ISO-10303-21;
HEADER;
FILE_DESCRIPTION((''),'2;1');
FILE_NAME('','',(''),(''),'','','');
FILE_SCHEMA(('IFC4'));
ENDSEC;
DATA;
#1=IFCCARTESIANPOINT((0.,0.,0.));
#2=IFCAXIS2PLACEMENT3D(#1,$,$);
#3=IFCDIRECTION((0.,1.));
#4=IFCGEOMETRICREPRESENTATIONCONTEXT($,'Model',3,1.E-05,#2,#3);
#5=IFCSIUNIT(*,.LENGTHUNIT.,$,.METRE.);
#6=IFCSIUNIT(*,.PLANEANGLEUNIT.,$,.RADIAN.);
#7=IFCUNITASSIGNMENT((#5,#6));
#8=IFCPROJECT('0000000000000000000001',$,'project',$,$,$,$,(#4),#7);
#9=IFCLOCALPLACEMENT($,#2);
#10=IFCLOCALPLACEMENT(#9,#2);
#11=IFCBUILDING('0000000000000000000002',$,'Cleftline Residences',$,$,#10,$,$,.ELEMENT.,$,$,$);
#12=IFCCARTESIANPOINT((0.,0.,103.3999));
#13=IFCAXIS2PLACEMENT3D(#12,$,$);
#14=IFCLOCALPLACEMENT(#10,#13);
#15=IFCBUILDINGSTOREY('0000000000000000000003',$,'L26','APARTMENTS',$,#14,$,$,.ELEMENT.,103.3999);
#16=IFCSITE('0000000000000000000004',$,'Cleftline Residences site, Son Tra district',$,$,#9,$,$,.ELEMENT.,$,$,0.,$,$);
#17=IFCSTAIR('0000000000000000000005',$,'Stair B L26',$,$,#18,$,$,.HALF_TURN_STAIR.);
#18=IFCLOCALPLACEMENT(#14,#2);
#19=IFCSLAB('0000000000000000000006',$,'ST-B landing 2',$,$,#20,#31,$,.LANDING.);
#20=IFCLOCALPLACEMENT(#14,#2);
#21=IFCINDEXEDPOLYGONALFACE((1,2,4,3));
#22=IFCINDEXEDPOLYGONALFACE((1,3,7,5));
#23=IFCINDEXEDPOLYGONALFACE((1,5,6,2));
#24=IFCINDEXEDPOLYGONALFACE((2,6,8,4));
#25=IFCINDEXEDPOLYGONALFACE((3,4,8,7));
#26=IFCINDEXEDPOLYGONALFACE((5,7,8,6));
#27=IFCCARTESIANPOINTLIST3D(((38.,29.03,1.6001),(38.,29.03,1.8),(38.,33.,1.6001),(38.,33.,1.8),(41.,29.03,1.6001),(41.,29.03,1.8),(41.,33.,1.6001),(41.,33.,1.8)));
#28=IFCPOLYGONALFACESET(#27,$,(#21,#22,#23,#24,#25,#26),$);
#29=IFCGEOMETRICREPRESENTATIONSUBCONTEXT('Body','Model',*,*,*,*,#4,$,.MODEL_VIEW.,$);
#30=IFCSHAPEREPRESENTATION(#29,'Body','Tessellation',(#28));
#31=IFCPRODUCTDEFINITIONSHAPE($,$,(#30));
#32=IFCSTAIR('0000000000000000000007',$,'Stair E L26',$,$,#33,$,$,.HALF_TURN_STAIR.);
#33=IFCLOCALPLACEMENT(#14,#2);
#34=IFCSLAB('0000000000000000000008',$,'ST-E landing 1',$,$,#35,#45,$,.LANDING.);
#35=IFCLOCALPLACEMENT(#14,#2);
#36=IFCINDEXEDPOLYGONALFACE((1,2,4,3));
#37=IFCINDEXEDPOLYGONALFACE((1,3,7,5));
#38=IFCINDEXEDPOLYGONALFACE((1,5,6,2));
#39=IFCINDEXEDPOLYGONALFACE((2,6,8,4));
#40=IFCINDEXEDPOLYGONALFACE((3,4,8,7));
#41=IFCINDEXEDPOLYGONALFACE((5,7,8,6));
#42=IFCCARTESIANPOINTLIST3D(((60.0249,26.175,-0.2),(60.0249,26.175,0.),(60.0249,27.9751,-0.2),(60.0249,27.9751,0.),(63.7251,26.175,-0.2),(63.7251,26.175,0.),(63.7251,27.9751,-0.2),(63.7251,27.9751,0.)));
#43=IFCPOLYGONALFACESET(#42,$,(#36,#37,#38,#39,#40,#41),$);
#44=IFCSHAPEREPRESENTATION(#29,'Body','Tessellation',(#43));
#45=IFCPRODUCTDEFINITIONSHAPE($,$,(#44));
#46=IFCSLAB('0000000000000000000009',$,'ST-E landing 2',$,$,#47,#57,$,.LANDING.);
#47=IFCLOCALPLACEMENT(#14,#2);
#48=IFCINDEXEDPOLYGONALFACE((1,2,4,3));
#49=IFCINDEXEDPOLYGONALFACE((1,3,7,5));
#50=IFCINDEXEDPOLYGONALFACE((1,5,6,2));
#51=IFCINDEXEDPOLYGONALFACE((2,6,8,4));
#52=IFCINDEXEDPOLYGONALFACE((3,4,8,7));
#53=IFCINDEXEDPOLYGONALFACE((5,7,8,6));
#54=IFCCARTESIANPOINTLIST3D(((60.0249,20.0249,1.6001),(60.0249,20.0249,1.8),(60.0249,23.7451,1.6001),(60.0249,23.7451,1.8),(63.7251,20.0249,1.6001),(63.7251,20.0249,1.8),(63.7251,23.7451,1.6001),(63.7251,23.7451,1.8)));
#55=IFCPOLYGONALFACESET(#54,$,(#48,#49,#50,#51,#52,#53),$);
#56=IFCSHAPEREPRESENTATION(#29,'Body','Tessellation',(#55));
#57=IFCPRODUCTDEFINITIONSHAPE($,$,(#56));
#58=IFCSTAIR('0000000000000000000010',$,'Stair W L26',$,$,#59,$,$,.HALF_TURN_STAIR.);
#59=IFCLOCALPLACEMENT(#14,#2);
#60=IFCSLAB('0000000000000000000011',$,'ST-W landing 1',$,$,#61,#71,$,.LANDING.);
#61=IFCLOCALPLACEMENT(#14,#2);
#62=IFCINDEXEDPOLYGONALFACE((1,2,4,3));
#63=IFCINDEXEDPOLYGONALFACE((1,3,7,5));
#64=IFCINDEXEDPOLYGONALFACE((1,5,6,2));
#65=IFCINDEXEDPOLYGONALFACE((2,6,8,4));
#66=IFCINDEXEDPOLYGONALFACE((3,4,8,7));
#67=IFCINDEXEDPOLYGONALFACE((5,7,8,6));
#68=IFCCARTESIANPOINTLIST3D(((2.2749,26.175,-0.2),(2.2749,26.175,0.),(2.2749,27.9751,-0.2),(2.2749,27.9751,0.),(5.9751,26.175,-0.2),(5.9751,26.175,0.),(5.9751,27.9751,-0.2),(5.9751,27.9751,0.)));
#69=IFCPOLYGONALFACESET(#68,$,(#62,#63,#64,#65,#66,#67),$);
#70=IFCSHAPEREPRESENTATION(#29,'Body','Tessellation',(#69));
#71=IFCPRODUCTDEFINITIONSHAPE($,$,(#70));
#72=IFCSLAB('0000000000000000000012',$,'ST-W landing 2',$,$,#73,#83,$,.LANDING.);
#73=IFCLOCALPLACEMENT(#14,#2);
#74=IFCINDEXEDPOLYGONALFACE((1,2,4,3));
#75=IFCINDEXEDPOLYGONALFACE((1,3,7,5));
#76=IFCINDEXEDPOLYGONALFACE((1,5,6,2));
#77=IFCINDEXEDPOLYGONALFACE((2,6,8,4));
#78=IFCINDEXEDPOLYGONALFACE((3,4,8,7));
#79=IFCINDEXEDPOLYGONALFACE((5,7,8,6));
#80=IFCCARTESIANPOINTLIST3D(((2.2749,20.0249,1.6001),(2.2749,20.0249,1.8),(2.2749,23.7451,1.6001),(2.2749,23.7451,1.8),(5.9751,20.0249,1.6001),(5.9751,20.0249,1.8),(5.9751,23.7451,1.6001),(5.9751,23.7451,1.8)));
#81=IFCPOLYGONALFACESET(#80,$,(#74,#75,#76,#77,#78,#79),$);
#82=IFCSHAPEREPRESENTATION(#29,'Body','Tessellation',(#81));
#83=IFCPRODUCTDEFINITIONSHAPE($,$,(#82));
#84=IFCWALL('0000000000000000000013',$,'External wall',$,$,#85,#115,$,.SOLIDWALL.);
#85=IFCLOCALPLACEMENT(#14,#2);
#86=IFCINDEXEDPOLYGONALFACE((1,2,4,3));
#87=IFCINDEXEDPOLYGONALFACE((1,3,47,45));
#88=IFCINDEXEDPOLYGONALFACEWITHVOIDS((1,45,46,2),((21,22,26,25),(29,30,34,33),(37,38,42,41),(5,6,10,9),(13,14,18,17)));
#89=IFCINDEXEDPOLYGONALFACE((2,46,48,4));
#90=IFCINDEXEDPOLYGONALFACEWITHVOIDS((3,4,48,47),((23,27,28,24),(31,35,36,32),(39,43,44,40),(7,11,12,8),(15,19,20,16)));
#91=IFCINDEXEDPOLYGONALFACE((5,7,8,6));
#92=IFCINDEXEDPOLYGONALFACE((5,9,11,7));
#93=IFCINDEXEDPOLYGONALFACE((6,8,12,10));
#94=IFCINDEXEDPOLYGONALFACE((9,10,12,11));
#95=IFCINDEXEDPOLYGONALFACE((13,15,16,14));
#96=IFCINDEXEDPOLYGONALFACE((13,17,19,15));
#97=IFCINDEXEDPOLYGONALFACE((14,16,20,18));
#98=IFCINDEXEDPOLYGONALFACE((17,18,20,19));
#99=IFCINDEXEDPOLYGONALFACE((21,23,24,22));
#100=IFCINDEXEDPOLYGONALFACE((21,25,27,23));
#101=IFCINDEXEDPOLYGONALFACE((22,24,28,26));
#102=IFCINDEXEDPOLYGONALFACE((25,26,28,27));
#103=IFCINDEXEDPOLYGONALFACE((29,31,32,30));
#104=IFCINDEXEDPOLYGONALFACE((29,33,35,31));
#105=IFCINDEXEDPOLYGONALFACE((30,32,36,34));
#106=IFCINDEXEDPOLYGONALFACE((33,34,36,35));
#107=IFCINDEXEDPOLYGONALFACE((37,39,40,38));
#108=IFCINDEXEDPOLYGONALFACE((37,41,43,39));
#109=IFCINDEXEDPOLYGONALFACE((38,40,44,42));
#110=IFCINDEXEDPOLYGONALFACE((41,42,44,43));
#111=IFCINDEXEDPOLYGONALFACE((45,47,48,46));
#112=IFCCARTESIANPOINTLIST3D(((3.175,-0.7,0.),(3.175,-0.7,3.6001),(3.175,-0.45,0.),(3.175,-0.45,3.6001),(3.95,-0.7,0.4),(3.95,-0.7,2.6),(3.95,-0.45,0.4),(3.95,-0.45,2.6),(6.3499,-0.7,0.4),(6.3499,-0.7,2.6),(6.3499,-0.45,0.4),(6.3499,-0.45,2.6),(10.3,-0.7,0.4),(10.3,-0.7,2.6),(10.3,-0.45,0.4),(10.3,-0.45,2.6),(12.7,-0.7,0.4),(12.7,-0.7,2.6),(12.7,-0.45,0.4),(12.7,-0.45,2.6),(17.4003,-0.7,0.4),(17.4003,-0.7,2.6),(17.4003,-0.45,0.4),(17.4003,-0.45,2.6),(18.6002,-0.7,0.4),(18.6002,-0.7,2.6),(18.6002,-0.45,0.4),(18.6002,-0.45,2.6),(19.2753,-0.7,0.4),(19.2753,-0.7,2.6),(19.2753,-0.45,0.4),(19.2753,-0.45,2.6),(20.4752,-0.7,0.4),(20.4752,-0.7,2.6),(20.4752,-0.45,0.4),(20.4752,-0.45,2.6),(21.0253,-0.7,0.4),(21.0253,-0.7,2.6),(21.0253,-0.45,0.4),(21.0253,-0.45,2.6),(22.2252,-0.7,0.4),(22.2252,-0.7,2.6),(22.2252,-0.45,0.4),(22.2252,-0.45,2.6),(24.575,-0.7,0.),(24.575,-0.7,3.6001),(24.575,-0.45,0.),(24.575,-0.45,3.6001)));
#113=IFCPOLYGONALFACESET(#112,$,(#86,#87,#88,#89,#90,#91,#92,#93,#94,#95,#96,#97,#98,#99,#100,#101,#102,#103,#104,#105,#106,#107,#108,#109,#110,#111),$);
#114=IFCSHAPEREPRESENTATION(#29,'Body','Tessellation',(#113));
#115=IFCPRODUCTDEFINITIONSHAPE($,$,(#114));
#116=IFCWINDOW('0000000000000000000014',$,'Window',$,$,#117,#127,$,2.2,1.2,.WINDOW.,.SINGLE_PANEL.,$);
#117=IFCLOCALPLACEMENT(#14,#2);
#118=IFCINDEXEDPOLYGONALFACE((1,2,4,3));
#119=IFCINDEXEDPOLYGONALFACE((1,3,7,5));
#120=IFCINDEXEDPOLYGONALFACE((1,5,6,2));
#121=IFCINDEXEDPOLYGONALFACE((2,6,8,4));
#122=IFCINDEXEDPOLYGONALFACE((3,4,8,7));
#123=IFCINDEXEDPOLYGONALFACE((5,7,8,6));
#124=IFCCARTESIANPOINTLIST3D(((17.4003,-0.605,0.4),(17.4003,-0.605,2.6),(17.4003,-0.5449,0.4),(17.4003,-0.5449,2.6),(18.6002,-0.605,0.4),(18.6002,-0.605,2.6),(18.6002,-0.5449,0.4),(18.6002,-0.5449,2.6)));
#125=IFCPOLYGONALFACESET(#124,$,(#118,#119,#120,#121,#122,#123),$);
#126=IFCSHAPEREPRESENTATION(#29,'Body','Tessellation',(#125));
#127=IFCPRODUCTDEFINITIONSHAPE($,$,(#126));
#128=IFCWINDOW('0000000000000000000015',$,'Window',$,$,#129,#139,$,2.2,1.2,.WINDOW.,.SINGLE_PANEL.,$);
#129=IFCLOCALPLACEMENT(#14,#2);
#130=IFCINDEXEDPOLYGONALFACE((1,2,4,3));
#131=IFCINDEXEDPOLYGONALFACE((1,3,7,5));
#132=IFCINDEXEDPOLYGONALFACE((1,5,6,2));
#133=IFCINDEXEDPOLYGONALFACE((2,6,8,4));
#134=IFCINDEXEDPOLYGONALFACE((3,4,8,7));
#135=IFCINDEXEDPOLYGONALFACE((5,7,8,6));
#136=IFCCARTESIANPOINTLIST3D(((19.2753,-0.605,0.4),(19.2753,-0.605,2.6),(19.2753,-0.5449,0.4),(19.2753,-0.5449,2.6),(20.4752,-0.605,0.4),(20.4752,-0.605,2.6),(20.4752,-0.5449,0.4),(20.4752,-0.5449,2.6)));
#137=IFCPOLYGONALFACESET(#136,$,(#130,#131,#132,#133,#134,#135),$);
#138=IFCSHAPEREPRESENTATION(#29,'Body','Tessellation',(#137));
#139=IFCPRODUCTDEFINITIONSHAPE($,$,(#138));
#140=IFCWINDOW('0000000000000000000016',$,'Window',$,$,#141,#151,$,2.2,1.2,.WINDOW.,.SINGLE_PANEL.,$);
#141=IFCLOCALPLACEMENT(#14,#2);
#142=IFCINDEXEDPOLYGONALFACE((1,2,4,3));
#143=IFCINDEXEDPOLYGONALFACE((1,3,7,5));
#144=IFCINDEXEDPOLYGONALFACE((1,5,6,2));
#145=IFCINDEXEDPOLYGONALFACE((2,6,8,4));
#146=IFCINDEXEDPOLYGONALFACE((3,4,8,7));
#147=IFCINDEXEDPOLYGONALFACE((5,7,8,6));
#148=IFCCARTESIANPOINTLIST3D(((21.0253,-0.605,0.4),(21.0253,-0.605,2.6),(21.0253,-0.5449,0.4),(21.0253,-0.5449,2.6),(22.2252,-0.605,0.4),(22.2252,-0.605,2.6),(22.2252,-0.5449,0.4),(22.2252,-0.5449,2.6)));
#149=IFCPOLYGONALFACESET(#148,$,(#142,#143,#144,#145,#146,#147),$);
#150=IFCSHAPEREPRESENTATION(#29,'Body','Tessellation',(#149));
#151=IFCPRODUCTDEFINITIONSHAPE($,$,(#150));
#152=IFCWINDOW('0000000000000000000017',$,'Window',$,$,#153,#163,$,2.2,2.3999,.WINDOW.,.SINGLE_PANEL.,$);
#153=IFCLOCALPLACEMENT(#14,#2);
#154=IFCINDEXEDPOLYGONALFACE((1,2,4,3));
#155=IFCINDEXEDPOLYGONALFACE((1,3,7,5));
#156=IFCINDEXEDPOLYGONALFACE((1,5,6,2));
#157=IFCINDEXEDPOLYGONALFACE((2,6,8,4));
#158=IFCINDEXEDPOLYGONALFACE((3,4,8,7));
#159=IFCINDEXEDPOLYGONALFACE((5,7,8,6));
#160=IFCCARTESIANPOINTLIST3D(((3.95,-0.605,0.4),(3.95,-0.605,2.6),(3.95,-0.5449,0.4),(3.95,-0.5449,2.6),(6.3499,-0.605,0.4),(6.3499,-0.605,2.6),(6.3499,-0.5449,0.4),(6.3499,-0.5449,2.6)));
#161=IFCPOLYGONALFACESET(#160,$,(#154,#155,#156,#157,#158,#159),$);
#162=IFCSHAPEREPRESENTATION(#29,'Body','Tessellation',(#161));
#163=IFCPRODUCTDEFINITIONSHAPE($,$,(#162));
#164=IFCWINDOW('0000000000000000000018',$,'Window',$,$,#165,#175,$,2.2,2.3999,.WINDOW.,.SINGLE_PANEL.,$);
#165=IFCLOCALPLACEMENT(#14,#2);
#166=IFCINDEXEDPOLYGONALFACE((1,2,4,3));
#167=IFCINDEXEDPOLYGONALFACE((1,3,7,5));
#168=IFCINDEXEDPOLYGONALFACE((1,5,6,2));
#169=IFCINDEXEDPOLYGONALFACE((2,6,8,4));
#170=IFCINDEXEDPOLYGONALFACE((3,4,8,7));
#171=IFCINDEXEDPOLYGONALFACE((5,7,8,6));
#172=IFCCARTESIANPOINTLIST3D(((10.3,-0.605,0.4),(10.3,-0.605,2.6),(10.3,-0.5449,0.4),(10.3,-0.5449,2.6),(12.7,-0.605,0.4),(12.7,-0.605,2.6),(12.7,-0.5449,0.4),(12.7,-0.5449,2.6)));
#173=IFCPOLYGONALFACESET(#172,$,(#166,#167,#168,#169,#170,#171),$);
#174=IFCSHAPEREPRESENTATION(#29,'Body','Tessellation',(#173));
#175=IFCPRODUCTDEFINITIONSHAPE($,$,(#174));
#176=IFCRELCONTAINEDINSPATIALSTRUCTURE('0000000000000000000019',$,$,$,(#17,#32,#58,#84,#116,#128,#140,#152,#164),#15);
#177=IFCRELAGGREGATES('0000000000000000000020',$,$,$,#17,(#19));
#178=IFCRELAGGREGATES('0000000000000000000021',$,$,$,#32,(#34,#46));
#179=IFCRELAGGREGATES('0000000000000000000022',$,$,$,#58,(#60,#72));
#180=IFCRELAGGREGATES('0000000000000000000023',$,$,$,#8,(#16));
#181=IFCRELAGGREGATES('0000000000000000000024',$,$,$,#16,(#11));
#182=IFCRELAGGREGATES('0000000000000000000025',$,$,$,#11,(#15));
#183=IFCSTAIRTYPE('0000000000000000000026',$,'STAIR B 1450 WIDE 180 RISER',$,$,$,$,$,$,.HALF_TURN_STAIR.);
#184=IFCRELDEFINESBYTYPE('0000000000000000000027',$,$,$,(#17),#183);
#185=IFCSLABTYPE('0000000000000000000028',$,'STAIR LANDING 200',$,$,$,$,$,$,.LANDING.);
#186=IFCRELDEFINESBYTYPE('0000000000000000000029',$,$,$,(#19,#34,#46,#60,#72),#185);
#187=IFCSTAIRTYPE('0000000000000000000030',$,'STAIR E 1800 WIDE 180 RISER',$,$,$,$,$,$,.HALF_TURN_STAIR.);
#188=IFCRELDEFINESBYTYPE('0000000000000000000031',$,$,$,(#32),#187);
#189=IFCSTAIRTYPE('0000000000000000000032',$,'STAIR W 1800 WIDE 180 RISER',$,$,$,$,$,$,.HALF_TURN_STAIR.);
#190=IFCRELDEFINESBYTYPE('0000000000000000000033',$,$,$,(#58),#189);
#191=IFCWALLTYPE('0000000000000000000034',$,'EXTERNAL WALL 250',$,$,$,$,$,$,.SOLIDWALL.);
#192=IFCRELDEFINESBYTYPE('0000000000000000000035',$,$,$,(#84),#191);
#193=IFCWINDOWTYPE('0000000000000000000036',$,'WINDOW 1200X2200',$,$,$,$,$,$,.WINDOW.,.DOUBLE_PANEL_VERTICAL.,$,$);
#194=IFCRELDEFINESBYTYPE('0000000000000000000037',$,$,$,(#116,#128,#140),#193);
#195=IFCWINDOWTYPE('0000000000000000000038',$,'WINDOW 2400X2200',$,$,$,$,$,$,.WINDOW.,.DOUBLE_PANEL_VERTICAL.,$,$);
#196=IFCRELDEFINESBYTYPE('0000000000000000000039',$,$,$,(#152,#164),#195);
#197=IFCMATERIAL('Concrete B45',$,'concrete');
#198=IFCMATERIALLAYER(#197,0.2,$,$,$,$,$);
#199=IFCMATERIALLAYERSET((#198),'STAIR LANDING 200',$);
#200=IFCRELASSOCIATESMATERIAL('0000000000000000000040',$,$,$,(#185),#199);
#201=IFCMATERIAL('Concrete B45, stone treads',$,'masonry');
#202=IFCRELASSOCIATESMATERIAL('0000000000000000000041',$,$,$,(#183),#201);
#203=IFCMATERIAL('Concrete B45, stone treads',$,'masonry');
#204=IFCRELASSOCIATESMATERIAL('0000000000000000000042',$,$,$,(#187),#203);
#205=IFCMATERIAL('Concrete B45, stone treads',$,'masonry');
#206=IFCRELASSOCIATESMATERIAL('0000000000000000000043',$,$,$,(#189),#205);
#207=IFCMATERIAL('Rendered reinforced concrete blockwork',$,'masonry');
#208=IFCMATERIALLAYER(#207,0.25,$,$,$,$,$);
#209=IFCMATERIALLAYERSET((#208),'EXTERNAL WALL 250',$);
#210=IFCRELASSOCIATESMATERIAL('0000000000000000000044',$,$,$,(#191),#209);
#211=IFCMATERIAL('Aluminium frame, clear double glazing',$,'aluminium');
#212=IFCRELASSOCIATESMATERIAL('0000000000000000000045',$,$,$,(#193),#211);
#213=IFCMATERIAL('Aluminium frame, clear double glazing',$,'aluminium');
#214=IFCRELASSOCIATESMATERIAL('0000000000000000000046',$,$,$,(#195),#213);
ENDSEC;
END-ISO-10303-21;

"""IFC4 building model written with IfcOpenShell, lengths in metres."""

from ifc_helpers import new_model, si_unit, direction, frame, frame_2d, origin, place, context, subcontext, project, spatial, polyline, rectangle, outline, extrude, material, layer, layer_set, type_object, element, fill, aggregate, save


model = new_model("IFC4")

# Units and contexts
model_context = context("Model", 3, precision=1e-05, world=origin(), true_north=direction((0.0, 1.0)))
body_context = subcontext(model_context, "Body", "Model", "MODEL_VIEW")
ifc_project = project(units=[si_unit("LENGTHUNIT", "METRE"), si_unit("PLANEANGLEUNIT", "RADIAN")], contexts=[model_context])

# Site, building, storey
site_placement = place(None, origin())
site = spatial("IfcSite", under=ifc_project, at=site_placement, Name="Cleftline Residences site, Son Tra district", CompositionType="ELEMENT", RefElevation=0.0)
building_placement = place(site_placement, origin())
building = spatial("IfcBuilding", under=site, at=building_placement, Name="Cleftline Residences", CompositionType="ELEMENT")
storey_placement = place(building_placement, frame((0.0, 0.0, 103.3999)))
storey = spatial("IfcBuildingStorey", under=building, at=storey_placement, Name="L26", Description="APARTMENTS", CompositionType="ELEMENT", Elevation=103.3999)

# Stairs, slabs
ifc_material_1 = material(Name="Concrete B45", Category="concrete")
ifc_layer_1 = layer(ifc_material_1, 0.2)
ifc_layer_set_1 = layer_set([ifc_layer_1], Name="STAIR LANDING 200")
slab_type_1 = type_object("IfcSlabType", Name="STAIR LANDING 200", PredefinedType="LANDING", material=ifc_layer_set_1)
ifc_material_2 = material(Name="Concrete B45, stone treads", Category="masonry")
stair_type_1 = type_object("IfcStairType", Name="STAIR B 1450 WIDE 180 RISER", PredefinedType="HALF_TURN_STAIR", material=ifc_material_2)
stair_1_placement = place(storey_placement, origin())
stair_1 = element("IfcStair", 1, at=stair_1_placement, inside=storey, type_object=stair_type_1, Name="Stair B L26", PredefinedType="HALF_TURN_STAIR")
slab_1_placement = place(storey_placement, frame((0.0, 0.0, 1.6001)))
slab_1 = element("IfcSlab", 2, at=slab_1_placement, type_object=slab_type_1, Name="ST-B landing 2", PredefinedType="LANDING", context=body_context, shape_type="SweptSolid", body=[
    extrude(outline(polyline([(38.0, 29.03), (41.0, 29.03), (41.0, 33.0), (38.0, 33.0), (38.0, 29.03)])), origin(), (0.0, 0.0, 1.0), 0.2),
])
aggregate(stair_1, [slab_1])
ifc_material_3 = material(Name="Concrete B45, stone treads", Category="masonry")
stair_type_2 = type_object("IfcStairType", Name="STAIR E 1800 WIDE 180 RISER", PredefinedType="HALF_TURN_STAIR", material=ifc_material_3)
stair_2_placement = place(storey_placement, origin())
stair_2 = element("IfcStair", 3, at=stair_2_placement, inside=storey, type_object=stair_type_2, Name="Stair E L26", PredefinedType="HALF_TURN_STAIR")
slab_2_placement = place(storey_placement, frame((0.0, 0.0, -0.2)))
slab_2 = element("IfcSlab", 4, at=slab_2_placement, type_object=slab_type_1, Name="ST-E landing 1", PredefinedType="LANDING", context=body_context, shape_type="SweptSolid", body=[
    extrude(outline(polyline([(60.0249, 26.175), (63.7251, 26.175), (63.7251, 27.9751), (60.0249, 27.9751), (60.0249, 26.175)])), origin(), (0.0, 0.0, 1.0), 0.2),
])
slab_3_placement = place(storey_placement, frame((0.0, 0.0, 1.6001)))
slab_3 = element("IfcSlab", 5, at=slab_3_placement, type_object=slab_type_1, Name="ST-E landing 2", PredefinedType="LANDING", context=body_context, shape_type="SweptSolid", body=[
    extrude(outline(polyline([(60.0249, 20.0249), (63.7251, 20.0249), (63.7251, 23.7451), (60.0249, 23.7451), (60.0249, 20.0249)])), origin(), (0.0, 0.0, 1.0), 0.2),
])
aggregate(stair_2, [slab_2, slab_3])
ifc_material_4 = material(Name="Concrete B45, stone treads", Category="masonry")
stair_type_3 = type_object("IfcStairType", Name="STAIR W 1800 WIDE 180 RISER", PredefinedType="HALF_TURN_STAIR", material=ifc_material_4)
stair_3_placement = place(storey_placement, origin())
stair_3 = element("IfcStair", 6, at=stair_3_placement, inside=storey, type_object=stair_type_3, Name="Stair W L26", PredefinedType="HALF_TURN_STAIR")
slab_4_placement = place(storey_placement, frame((0.0, 0.0, -0.2)))
slab_4 = element("IfcSlab", 7, at=slab_4_placement, type_object=slab_type_1, Name="ST-W landing 1", PredefinedType="LANDING", context=body_context, shape_type="SweptSolid", body=[
    extrude(outline(polyline([(2.2749, 26.175), (5.9751, 26.175), (5.9751, 27.9751), (2.2749, 27.9751), (2.2749, 26.175)])), origin(), (0.0, 0.0, 1.0), 0.2),
])
slab_5_placement = place(storey_placement, frame((0.0, 0.0, 1.6001)))
slab_5 = element("IfcSlab", 8, at=slab_5_placement, type_object=slab_type_1, Name="ST-W landing 2", PredefinedType="LANDING", context=body_context, shape_type="SweptSolid", body=[
    extrude(outline(polyline([(2.2749, 20.0249), (5.9751, 20.0249), (5.9751, 23.7451), (2.2749, 23.7451), (2.2749, 20.0249)])), origin(), (0.0, 0.0, 1.0), 0.2),
])
aggregate(stair_3, [slab_4, slab_5])

# Wall, openings, windows
ifc_material_5 = material(Name="Rendered reinforced concrete blockwork", Category="masonry")
ifc_layer_2 = layer(ifc_material_5, 0.25)
ifc_layer_set_2 = layer_set([ifc_layer_2], Name="EXTERNAL WALL 250")
wall_type = type_object("IfcWallType", Name="EXTERNAL WALL 250", PredefinedType="SOLIDWALL", material=ifc_layer_set_2)
wall_placement = place(storey_placement, frame((3.175, -0.575, 0.0), z_axis=(0.0, 0.0, 1.0), x_axis=(1.0, 0.0, 0.0)))
wall = element("IfcWall", 9, at=wall_placement, inside=storey, type_object=wall_type, Name="External wall", PredefinedType="SOLIDWALL", context=body_context, shape_type="SweptSolid", body=[
    extrude(rectangle(XDim=21.3999, YDim=0.25, at=frame_2d((10.7, 0.0))), origin(), (0.0, 0.0, 1.0), 3.6001),
])
opening_1_placement = place(wall_placement, frame((0.7749, 0.0, 0.3999)))
opening_1 = element("IfcOpeningElement", 10, at=opening_1_placement, cuts=wall, PredefinedType="OPENING", context=body_context, shape_type="SweptSolid", body=[
    extrude(rectangle(XDim=2.3999, YDim=2.2, at=frame_2d((1.2, 1.1001))), frame((0.0, 0.135, 0.0), z_axis=(0.0, -1.0, 0.0), x_axis=(1.0, 0.0, 0.0)), (0.0, 0.0, 1.0), 0.27),
])
opening_2_placement = place(wall_placement, frame((7.125, 0.0, 0.3999)))
opening_2 = element("IfcOpeningElement", 11, at=opening_2_placement, cuts=wall, PredefinedType="OPENING", context=body_context, shape_type="SweptSolid", body=[
    extrude(rectangle(XDim=2.3999, YDim=2.2, at=frame_2d((1.2, 1.1001))), frame((0.0, 0.135, 0.0), z_axis=(0.0, -1.0, 0.0), x_axis=(1.0, 0.0, 0.0)), (0.0, 0.0, 1.0), 0.27),
])
opening_3_placement = place(wall_placement, frame((14.2251, 0.0, 0.3999)))
opening_3 = element("IfcOpeningElement", 12, at=opening_3_placement, cuts=wall, PredefinedType="OPENING", context=body_context, shape_type="SweptSolid", body=[
    extrude(rectangle(XDim=1.2, YDim=2.2, at=frame_2d((0.6001, 1.1001))), frame((0.0, 0.135, 0.0), z_axis=(0.0, -1.0, 0.0), x_axis=(1.0, 0.0, 0.0)), (0.0, 0.0, 1.0), 0.27),
])
opening_4_placement = place(wall_placement, frame((16.1001, 0.0, 0.3999)))
opening_4 = element("IfcOpeningElement", 13, at=opening_4_placement, cuts=wall, PredefinedType="OPENING", context=body_context, shape_type="SweptSolid", body=[
    extrude(rectangle(XDim=1.2, YDim=2.2, at=frame_2d((0.6001, 1.1001))), frame((0.0, 0.135, 0.0), z_axis=(0.0, -1.0, 0.0), x_axis=(1.0, 0.0, 0.0)), (0.0, 0.0, 1.0), 0.27),
])
opening_5_placement = place(wall_placement, frame((17.8501, 0.0, 0.3999)))
opening_5 = element("IfcOpeningElement", 14, at=opening_5_placement, cuts=wall, PredefinedType="OPENING", context=body_context, shape_type="SweptSolid", body=[
    extrude(rectangle(XDim=1.2, YDim=2.2, at=frame_2d((0.6001, 1.1001))), frame((0.0, 0.135, 0.0), z_axis=(0.0, -1.0, 0.0), x_axis=(1.0, 0.0, 0.0)), (0.0, 0.0, 1.0), 0.27),
])
ifc_material_6 = material(Name="Aluminium frame, clear double glazing", Category="aluminium")
window_type_1 = type_object("IfcWindowType", Name="WINDOW 1200X2200", PartitioningType="DOUBLE_PANEL_VERTICAL", PredefinedType="WINDOW", material=ifc_material_6)
window_1_placement = place(opening_3_placement, origin())
window_1 = element("IfcWindow", 15, at=window_1_placement, inside=storey, type_object=window_type_1, Name="Window", OverallHeight=2.2, OverallWidth=1.2, PartitioningType="SINGLE_PANEL", PredefinedType="WINDOW", context=body_context, shape_type="SweptSolid", body=[
    extrude(rectangle(XDim=1.2, YDim=2.2, at=frame_2d((0.6001, 1.1001))), frame((0.0, 0.03, 0.0), z_axis=(0.0, -1.0, 0.0), x_axis=(1.0, 0.0, 0.0)), (0.0, 0.0, 1.0), 0.0601),
])
fill(opening_3, window_1)
window_2_placement = place(opening_4_placement, origin())
window_2 = element("IfcWindow", 16, at=window_2_placement, inside=storey, type_object=window_type_1, Name="Window", OverallHeight=2.2, OverallWidth=1.2, PartitioningType="SINGLE_PANEL", PredefinedType="WINDOW", context=body_context, shape_type="SweptSolid", body=[
    extrude(rectangle(XDim=1.2, YDim=2.2, at=frame_2d((0.6001, 1.1001))), frame((0.0, 0.03, 0.0), z_axis=(0.0, -1.0, 0.0), x_axis=(1.0, 0.0, 0.0)), (0.0, 0.0, 1.0), 0.0601),
])
fill(opening_4, window_2)
window_3_placement = place(opening_5_placement, origin())
window_3 = element("IfcWindow", 17, at=window_3_placement, inside=storey, type_object=window_type_1, Name="Window", OverallHeight=2.2, OverallWidth=1.2, PartitioningType="SINGLE_PANEL", PredefinedType="WINDOW", context=body_context, shape_type="SweptSolid", body=[
    extrude(rectangle(XDim=1.2, YDim=2.2, at=frame_2d((0.6001, 1.1001))), frame((0.0, 0.03, 0.0), z_axis=(0.0, -1.0, 0.0), x_axis=(1.0, 0.0, 0.0)), (0.0, 0.0, 1.0), 0.0601),
])
fill(opening_5, window_3)
ifc_material_7 = material(Name="Aluminium frame, clear double glazing", Category="aluminium")
window_type_2 = type_object("IfcWindowType", Name="WINDOW 2400X2200", PartitioningType="DOUBLE_PANEL_VERTICAL", PredefinedType="WINDOW", material=ifc_material_7)
window_4_placement = place(opening_1_placement, origin())
window_4 = element("IfcWindow", 18, at=window_4_placement, inside=storey, type_object=window_type_2, Name="Window", OverallHeight=2.2, OverallWidth=2.3999, PartitioningType="SINGLE_PANEL", PredefinedType="WINDOW", context=body_context, shape_type="SweptSolid", body=[
    extrude(rectangle(XDim=2.3999, YDim=2.2, at=frame_2d((1.2, 1.1001))), frame((0.0, 0.03, 0.0), z_axis=(0.0, -1.0, 0.0), x_axis=(1.0, 0.0, 0.0)), (0.0, 0.0, 1.0), 0.0601),
])
fill(opening_1, window_4)
window_5_placement = place(opening_2_placement, origin())
window_5 = element("IfcWindow", 19, at=window_5_placement, inside=storey, type_object=window_type_2, Name="Window", OverallHeight=2.2, OverallWidth=2.3999, PartitioningType="SINGLE_PANEL", PredefinedType="WINDOW", context=body_context, shape_type="SweptSolid", body=[
    extrude(rectangle(XDim=2.3999, YDim=2.2, at=frame_2d((1.2, 1.1001))), frame((0.0, 0.03, 0.0), z_axis=(0.0, -1.0, 0.0), x_axis=(1.0, 0.0, 0.0)), (0.0, 0.0, 1.0), 0.0601),
])
fill(opening_2, window_5)

save(model, "model.ifc")
